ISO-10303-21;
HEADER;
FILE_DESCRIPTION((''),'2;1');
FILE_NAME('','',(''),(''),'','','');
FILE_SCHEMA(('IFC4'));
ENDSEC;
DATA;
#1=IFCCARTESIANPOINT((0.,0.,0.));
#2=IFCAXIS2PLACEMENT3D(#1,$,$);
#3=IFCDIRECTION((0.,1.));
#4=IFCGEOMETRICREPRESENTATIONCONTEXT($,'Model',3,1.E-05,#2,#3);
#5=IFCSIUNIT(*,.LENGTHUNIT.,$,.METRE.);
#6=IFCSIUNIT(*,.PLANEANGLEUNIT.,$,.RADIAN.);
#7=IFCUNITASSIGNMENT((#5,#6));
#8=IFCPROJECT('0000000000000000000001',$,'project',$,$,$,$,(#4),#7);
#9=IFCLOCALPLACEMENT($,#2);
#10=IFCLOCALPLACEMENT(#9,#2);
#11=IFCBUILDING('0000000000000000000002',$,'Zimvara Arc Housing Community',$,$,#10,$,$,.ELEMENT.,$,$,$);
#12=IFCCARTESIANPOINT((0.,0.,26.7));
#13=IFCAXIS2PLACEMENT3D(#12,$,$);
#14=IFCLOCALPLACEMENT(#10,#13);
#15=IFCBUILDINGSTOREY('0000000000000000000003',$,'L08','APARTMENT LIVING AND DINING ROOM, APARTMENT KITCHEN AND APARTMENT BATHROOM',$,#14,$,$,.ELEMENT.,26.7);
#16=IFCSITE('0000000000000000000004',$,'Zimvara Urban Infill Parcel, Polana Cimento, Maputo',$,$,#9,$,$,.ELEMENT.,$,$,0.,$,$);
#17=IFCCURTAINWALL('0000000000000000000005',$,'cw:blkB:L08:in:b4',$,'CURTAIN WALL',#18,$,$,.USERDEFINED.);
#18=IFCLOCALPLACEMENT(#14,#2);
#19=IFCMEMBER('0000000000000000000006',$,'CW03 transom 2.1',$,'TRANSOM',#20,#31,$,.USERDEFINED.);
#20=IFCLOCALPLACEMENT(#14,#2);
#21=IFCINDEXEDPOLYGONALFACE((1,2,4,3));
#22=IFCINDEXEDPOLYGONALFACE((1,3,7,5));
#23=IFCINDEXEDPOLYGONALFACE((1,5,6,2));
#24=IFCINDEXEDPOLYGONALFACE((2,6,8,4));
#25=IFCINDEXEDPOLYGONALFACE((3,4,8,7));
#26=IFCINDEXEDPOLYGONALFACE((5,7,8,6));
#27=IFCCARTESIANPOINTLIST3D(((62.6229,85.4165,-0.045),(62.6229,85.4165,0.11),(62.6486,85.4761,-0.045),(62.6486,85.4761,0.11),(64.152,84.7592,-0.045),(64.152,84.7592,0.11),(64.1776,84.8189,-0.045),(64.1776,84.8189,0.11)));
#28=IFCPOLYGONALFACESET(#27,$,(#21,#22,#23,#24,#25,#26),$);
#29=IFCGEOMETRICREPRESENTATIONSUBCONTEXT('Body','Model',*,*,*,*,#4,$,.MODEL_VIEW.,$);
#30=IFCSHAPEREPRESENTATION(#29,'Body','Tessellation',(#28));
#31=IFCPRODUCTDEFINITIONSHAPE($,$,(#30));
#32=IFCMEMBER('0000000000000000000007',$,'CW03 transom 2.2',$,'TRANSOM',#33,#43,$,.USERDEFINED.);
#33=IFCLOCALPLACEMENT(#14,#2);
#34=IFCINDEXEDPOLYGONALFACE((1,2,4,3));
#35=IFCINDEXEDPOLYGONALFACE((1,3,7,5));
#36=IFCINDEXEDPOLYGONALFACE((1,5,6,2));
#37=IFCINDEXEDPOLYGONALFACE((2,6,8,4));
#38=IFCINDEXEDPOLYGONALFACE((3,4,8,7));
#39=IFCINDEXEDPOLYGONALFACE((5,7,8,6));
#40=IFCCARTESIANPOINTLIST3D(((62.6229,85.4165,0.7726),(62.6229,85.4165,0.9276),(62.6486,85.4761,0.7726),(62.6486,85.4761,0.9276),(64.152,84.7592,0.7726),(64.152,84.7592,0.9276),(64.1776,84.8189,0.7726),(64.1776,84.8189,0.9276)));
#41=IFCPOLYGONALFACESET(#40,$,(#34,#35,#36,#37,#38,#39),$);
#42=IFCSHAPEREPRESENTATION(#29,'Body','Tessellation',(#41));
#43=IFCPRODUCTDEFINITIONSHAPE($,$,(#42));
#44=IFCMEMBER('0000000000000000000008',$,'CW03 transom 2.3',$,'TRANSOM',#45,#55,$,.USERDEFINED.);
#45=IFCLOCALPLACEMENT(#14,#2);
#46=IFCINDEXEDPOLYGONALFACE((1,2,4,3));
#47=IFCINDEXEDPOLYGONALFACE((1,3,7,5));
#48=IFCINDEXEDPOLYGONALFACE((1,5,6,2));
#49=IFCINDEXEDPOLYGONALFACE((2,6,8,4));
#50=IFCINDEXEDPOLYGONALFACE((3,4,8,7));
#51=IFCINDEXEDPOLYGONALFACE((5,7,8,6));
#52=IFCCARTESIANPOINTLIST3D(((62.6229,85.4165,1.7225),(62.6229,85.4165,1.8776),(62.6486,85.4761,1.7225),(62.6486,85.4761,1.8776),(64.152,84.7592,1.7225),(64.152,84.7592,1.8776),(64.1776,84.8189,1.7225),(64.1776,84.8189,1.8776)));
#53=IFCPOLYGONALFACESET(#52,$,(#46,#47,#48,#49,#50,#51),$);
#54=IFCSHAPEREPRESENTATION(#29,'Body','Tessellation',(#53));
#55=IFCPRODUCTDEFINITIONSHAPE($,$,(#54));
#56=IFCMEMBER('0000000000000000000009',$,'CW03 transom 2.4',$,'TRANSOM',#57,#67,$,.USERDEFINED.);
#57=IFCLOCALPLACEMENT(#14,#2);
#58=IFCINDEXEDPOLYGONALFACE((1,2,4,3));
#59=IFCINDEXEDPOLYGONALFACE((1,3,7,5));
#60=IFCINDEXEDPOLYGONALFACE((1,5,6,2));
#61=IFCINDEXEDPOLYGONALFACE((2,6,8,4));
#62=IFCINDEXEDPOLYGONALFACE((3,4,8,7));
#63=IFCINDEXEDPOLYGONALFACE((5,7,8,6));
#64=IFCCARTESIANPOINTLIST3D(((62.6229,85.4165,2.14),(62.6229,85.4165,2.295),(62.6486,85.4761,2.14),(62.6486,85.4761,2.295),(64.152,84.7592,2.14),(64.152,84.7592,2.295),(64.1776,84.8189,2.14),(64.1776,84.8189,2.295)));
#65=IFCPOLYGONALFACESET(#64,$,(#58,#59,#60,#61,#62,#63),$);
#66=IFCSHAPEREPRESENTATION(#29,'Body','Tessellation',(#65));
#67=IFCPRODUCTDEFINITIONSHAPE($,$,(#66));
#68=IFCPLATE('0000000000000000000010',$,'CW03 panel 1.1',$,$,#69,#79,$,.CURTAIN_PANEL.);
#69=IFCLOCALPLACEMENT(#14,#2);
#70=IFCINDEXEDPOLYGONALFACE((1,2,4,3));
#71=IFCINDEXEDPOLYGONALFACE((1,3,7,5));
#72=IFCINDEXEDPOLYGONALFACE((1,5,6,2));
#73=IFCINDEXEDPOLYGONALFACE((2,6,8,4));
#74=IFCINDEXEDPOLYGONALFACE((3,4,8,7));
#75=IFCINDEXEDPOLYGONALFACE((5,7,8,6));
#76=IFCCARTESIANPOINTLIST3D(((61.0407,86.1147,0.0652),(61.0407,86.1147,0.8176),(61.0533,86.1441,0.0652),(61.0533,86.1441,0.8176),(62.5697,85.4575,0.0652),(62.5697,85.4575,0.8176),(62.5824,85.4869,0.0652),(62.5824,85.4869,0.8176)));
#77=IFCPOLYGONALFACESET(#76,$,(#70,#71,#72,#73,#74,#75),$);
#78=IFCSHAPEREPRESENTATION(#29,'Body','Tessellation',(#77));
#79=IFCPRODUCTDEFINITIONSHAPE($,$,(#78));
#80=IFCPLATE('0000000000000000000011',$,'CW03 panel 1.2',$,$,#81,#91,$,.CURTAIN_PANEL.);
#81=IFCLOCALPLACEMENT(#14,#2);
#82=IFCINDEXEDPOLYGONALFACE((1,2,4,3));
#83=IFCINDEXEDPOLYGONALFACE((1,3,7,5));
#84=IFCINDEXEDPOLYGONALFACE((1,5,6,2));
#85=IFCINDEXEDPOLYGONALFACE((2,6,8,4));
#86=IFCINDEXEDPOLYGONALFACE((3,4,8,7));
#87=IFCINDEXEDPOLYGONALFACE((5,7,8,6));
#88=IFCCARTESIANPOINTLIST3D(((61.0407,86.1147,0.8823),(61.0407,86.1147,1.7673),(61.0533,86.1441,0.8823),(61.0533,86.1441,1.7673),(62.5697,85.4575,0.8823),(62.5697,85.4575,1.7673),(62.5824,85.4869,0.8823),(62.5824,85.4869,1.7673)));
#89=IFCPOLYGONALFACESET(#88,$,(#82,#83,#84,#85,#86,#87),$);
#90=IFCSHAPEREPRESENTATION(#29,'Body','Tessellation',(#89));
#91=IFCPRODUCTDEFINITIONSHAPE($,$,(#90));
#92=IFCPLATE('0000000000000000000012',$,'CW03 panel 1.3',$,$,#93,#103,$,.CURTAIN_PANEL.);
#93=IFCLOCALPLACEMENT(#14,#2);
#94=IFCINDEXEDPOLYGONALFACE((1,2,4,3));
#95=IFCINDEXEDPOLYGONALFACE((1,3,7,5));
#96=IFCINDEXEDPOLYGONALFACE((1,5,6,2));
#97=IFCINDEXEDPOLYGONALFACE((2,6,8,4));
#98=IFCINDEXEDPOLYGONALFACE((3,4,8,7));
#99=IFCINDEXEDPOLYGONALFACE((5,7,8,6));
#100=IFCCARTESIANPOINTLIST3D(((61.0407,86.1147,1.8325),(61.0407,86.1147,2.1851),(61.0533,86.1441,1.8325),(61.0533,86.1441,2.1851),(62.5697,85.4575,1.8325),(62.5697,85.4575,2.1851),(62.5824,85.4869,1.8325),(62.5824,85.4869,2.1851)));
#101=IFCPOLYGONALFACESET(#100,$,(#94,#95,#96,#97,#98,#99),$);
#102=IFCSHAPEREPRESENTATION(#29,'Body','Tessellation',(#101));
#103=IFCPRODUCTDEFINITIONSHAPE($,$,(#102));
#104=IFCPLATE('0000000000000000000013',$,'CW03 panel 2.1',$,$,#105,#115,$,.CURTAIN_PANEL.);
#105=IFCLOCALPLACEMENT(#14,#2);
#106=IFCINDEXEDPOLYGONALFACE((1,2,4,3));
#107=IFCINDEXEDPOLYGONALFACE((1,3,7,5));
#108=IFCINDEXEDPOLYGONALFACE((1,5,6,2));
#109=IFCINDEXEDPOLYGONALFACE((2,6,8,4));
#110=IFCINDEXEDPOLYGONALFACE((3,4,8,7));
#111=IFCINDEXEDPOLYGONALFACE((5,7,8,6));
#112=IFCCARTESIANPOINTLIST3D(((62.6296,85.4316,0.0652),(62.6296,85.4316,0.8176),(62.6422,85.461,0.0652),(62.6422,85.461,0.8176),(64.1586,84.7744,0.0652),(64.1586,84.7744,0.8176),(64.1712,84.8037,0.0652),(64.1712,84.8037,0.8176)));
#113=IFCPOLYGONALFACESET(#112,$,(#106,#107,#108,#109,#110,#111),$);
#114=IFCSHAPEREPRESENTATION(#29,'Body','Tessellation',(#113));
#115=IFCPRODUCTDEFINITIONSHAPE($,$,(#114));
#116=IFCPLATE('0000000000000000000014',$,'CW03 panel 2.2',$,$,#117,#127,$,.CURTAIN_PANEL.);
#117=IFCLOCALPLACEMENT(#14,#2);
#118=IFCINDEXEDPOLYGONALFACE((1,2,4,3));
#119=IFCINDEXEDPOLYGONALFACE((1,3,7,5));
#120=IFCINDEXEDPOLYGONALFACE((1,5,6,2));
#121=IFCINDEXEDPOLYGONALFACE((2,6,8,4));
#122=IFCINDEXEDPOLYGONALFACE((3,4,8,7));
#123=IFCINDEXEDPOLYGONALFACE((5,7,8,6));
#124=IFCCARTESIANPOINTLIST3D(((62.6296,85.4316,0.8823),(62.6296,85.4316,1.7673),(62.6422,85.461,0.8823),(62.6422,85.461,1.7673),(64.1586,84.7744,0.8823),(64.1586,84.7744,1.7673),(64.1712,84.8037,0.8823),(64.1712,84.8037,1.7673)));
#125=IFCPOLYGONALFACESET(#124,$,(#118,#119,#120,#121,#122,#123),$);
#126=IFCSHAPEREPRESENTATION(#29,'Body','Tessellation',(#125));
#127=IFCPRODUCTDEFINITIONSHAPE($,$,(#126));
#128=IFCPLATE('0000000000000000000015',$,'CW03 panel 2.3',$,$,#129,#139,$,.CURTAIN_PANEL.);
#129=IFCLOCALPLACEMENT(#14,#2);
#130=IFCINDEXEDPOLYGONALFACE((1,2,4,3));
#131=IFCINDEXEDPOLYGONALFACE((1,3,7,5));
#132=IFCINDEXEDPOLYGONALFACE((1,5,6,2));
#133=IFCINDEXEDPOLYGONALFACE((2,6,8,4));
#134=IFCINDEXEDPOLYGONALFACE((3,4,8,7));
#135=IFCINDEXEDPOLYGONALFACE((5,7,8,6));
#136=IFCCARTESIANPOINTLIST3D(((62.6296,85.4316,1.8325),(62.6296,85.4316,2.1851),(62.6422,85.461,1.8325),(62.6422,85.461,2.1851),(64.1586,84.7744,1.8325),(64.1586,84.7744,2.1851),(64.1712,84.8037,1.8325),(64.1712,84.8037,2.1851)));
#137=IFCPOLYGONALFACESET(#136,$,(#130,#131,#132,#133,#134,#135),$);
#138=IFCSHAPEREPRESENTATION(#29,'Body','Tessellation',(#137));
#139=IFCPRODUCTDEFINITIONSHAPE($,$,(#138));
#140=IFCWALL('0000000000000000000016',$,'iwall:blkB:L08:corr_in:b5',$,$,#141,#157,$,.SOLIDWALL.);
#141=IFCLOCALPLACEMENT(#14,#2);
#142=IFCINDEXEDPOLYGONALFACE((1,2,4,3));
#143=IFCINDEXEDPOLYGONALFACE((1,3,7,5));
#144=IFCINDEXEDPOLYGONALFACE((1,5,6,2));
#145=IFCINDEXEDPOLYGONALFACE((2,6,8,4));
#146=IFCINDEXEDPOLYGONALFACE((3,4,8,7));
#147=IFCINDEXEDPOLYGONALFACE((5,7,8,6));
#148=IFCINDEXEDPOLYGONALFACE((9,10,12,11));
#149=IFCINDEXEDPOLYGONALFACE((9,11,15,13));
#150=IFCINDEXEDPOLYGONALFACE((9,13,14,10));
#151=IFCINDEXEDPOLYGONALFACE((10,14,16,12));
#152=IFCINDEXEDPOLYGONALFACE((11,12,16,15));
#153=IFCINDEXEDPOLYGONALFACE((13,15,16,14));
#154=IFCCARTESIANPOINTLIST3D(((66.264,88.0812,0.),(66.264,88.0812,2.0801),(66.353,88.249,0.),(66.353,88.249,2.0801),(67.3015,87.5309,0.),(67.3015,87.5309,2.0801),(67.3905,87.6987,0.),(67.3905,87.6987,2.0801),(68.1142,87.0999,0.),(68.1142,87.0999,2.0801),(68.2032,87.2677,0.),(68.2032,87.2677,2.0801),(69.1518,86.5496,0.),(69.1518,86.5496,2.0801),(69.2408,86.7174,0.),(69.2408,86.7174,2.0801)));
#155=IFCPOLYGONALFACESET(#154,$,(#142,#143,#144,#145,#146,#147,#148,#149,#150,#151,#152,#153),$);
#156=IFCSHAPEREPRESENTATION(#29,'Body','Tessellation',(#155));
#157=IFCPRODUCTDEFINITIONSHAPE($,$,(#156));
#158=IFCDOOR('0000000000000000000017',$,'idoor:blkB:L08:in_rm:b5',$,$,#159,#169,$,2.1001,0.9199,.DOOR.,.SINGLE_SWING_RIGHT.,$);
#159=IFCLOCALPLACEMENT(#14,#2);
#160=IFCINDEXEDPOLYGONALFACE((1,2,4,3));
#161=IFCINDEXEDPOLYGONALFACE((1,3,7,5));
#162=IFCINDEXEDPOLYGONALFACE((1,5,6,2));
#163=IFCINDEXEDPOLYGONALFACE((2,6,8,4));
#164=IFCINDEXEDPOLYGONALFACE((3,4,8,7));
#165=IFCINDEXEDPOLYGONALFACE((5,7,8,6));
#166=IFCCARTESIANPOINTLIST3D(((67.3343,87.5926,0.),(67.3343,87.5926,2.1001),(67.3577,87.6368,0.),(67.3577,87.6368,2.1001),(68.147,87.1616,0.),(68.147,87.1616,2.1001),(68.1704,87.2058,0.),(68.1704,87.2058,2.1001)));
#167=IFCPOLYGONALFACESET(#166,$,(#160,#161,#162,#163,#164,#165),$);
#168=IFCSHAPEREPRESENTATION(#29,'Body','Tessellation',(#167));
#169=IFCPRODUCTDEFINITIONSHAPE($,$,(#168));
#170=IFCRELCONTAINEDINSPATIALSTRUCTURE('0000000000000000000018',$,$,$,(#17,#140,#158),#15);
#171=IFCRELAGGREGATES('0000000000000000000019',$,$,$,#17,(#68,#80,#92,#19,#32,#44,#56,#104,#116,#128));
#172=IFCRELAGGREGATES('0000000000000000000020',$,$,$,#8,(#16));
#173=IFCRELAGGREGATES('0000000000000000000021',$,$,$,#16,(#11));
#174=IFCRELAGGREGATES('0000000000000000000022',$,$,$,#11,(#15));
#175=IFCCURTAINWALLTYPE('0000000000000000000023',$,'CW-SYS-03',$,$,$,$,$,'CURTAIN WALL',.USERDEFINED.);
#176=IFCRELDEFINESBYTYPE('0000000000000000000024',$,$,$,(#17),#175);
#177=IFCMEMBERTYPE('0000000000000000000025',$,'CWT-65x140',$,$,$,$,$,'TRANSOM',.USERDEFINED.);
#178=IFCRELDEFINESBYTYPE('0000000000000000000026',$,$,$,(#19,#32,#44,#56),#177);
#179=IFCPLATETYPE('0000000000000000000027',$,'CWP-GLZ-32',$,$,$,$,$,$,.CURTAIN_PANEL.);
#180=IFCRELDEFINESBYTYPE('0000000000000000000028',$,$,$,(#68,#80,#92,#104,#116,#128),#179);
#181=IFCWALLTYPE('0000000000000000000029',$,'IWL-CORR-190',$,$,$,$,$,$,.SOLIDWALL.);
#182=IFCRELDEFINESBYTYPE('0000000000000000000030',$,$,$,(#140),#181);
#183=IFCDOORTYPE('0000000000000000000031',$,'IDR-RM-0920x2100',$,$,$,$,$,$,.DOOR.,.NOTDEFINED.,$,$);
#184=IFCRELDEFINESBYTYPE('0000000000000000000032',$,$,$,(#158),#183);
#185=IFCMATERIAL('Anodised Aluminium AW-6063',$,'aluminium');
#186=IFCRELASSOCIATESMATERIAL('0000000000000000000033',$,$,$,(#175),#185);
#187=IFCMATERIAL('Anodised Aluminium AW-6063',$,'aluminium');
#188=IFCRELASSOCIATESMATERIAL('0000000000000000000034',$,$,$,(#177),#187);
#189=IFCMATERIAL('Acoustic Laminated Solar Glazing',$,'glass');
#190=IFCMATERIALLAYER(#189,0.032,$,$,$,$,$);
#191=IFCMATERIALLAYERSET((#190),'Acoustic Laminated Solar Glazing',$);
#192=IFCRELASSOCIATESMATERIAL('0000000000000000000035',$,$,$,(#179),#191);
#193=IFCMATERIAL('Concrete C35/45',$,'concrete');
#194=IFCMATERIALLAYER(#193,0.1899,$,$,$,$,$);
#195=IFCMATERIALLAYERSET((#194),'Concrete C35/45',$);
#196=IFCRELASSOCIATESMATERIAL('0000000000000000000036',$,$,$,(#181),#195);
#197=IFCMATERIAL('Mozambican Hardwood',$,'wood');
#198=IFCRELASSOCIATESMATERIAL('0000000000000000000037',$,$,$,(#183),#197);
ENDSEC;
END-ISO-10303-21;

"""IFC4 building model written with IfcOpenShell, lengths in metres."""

from ifc_helpers import new_model, si_unit, direction, frame, frame_2d, origin, origin_2d, place, context, subcontext, project, spatial, rectangle, extrude, material, layer, layer_set, material_profile, profile_set, type_object, element, fill, aggregate, save


model = new_model("IFC4")

# Units and contexts
model_context = context("Model", 3, precision=1e-05, world=origin(), true_north=direction((0.0, 1.0)))
body_context = subcontext(model_context, "Body", "Model", "MODEL_VIEW")
ifc_project = project(units=[si_unit("LENGTHUNIT", "METRE"), si_unit("PLANEANGLEUNIT", "RADIAN")], contexts=[model_context])

# Site, building, storey
site_placement = place(None, origin())
site = spatial("IfcSite", under=ifc_project, at=site_placement, Name="Zimvara Urban Infill Parcel, Polana Cimento, Maputo", CompositionType="ELEMENT", RefElevation=0.0)
building_placement = place(site_placement, origin())
building = spatial("IfcBuilding", under=site, at=building_placement, Name="Zimvara Arc Housing Community", CompositionType="ELEMENT")
storey_placement = place(building_placement, frame((0.0, 0.0, 26.7)))
storey = spatial("IfcBuildingStorey", under=building, at=storey_placement, Name="L08", Description="APARTMENT LIVING AND DINING ROOM, APARTMENT KITCHEN AND APARTMENT BATHROOM", CompositionType="ELEMENT", Elevation=26.7)

# Curtain wall
ifc_material_1 = material(Name="Anodised Aluminium AW-6063", Category="aluminium")
curtain_wall_type_1 = type_object("IfcCurtainWallType", Name="CW-SYS-03", ElementType="CURTAIN WALL", PredefinedType="USERDEFINED", material=ifc_material_1)
curtain_wall_1_placement = place(storey_placement, origin())
curtain_wall_1 = element("IfcCurtainWall", 1, at=curtain_wall_1_placement, inside=storey, type_object=curtain_wall_type_1, Name="cw:blkB:L08:in:b4", ObjectType="CURTAIN WALL", PredefinedType="USERDEFINED")

# Members
ifc_material_2 = material(Name="Anodised Aluminium AW-6063", Category="aluminium")
ifc_material_profile_1 = material_profile(ifc_material_2, rectangle(XDim=0.0649, YDim=0.155, at=origin_2d()), Name="ALU 65x155")
ifc_profile_set_1 = profile_set([ifc_material_profile_1], Name="Anodised Aluminium AW-6063")
member_type_1 = type_object("IfcMemberType", Name="CWT-65x140", ElementType="TRANSOM", PredefinedType="USERDEFINED", material=ifc_profile_set_1)
member_1_placement = place(storey_placement, frame((62.6357, 85.4463, 0.0325), z_axis=(0.918727, -0.394893, 0.0), x_axis=(0.394893, 0.918727, 0.0)))
member_1 = element("IfcMember", 2, at=member_1_placement, type_object=member_type_1, Name="CW03 transom 2.1", ObjectType="TRANSOM", PredefinedType="USERDEFINED", context=body_context, shape_type="SweptSolid", body=[
    extrude(rectangle(XDim=0.0649, YDim=0.155, at=origin_2d()), origin(), (0.0, 0.0, 1.0), 1.6643),
])
member_2_placement = place(storey_placement, frame((62.6357, 85.4463, 0.8501), z_axis=(0.918727, -0.394893, 0.0), x_axis=(0.394893, 0.918727, 0.0)))
member_2 = element("IfcMember", 3, at=member_2_placement, type_object=member_type_1, Name="CW03 transom 2.2", ObjectType="TRANSOM", PredefinedType="USERDEFINED", context=body_context, shape_type="SweptSolid", body=[
    extrude(rectangle(XDim=0.0649, YDim=0.155, at=origin_2d()), origin(), (0.0, 0.0, 1.0), 1.6643),
])
member_3_placement = place(storey_placement, frame((62.6357, 85.4463, 1.8), z_axis=(0.918727, -0.394893, 0.0), x_axis=(0.394893, 0.918727, 0.0)))
member_3 = element("IfcMember", 4, at=member_3_placement, type_object=member_type_1, Name="CW03 transom 2.3", ObjectType="TRANSOM", PredefinedType="USERDEFINED", context=body_context, shape_type="SweptSolid", body=[
    extrude(rectangle(XDim=0.0649, YDim=0.155, at=origin_2d()), origin(), (0.0, 0.0, 1.0), 1.6643),
])
member_4_placement = place(storey_placement, frame((62.6357, 85.4463, 2.2175), z_axis=(0.918727, -0.394893, 0.0), x_axis=(0.394893, 0.918727, 0.0)))
member_4 = element("IfcMember", 5, at=member_4_placement, type_object=member_type_1, Name="CW03 transom 2.4", ObjectType="TRANSOM", PredefinedType="USERDEFINED", context=body_context, shape_type="SweptSolid", body=[
    extrude(rectangle(XDim=0.0649, YDim=0.155, at=origin_2d()), origin(), (0.0, 0.0, 1.0), 1.6643),
])

# Plates
ifc_material_3 = material(Name="Acoustic Laminated Solar Glazing", Category="glass")
ifc_layer_1 = layer(ifc_material_3, 0.032)
ifc_layer_set_1 = layer_set([ifc_layer_1], Name="Acoustic Laminated Solar Glazing")
plate_type = type_object("IfcPlateType", Name="CWP-GLZ-32", PredefinedType="CURTAIN_PANEL", material=ifc_layer_set_1)
plate_1_placement = place(storey_placement, frame((61.8115, 85.8008, 0.0652), z_axis=(0.0, 0.0, 1.0), x_axis=(0.918722, -0.394904, 0.0)))
plate_1 = element("IfcPlate", 6, at=plate_1_placement, type_object=plate_type, Name="CW03 panel 1.1", PredefinedType="CURTAIN_PANEL", context=body_context, shape_type="SweptSolid", body=[
    extrude(rectangle(XDim=1.6643, YDim=0.032, at=origin_2d()), origin(), (0.0, 0.0, 1.0), 0.7524),
])
plate_2_placement = place(storey_placement, frame((61.8115, 85.8008, 0.8823), z_axis=(0.0, 0.0, 1.0), x_axis=(0.918722, -0.394904, 0.0)))
plate_2 = element("IfcPlate", 7, at=plate_2_placement, type_object=plate_type, Name="CW03 panel 1.2", PredefinedType="CURTAIN_PANEL", context=body_context, shape_type="SweptSolid", body=[
    extrude(rectangle(XDim=1.6643, YDim=0.032, at=origin_2d()), origin(), (0.0, 0.0, 1.0), 0.885),
])
plate_3_placement = place(storey_placement, frame((61.8115, 85.8008, 1.8325), z_axis=(0.0, 0.0, 1.0), x_axis=(0.918722, -0.394904, 0.0)))
plate_3 = element("IfcPlate", 8, at=plate_3_placement, type_object=plate_type, Name="CW03 panel 1.3", PredefinedType="CURTAIN_PANEL", context=body_context, shape_type="SweptSolid", body=[
    extrude(rectangle(XDim=1.6643, YDim=0.032, at=origin_2d()), origin(), (0.0, 0.0, 1.0), 0.3525),
])
plate_4_placement = place(storey_placement, frame((63.4004, 85.1177, 0.0652), z_axis=(0.0, 0.0, 1.0), x_axis=(0.918722, -0.394904, 0.0)))
plate_4 = element("IfcPlate", 9, at=plate_4_placement, type_object=plate_type, Name="CW03 panel 2.1", PredefinedType="CURTAIN_PANEL", context=body_context, shape_type="SweptSolid", body=[
    extrude(rectangle(XDim=1.6643, YDim=0.032, at=origin_2d()), origin(), (0.0, 0.0, 1.0), 0.7524),
])
plate_5_placement = place(storey_placement, frame((63.4004, 85.1177, 0.8823), z_axis=(0.0, 0.0, 1.0), x_axis=(0.918722, -0.394904, 0.0)))
plate_5 = element("IfcPlate", 10, at=plate_5_placement, type_object=plate_type, Name="CW03 panel 2.2", PredefinedType="CURTAIN_PANEL", context=body_context, shape_type="SweptSolid", body=[
    extrude(rectangle(XDim=1.6643, YDim=0.032, at=origin_2d()), origin(), (0.0, 0.0, 1.0), 0.885),
])
plate_6_placement = place(storey_placement, frame((63.4004, 85.1177, 1.8325), z_axis=(0.0, 0.0, 1.0), x_axis=(0.918722, -0.394904, 0.0)))
plate_6 = element("IfcPlate", 11, at=plate_6_placement, type_object=plate_type, Name="CW03 panel 2.3", PredefinedType="CURTAIN_PANEL", context=body_context, shape_type="SweptSolid", body=[
    extrude(rectangle(XDim=1.6643, YDim=0.032, at=origin_2d()), origin(), (0.0, 0.0, 1.0), 0.3525),
])
aggregate(curtain_wall_1, [plate_1, plate_2, plate_3, member_1, member_2, member_3, member_4, plate_4, plate_5, plate_6])

# Wall, opening, door
ifc_material_4 = material(Name="Concrete C35/45", Category="concrete")
ifc_layer_2 = layer(ifc_material_4, 0.1899)
ifc_layer_set_2 = layer_set([ifc_layer_2], Name="Concrete C35/45")
wall_type = type_object("IfcWallType", Name="IWL-CORR-190", PredefinedType="SOLIDWALL", material=ifc_layer_set_2)
wall_placement = place(storey_placement, frame((66.3086, 88.165, 0.0), z_axis=(0.0, 0.0, 1.0), x_axis=(0.883444, -0.468536, 0.0)))
wall = element("IfcWall", 12, at=wall_placement, inside=storey, type_object=wall_type, Name="iwall:blkB:L08:corr_in:b5", PredefinedType="SOLIDWALL", context=body_context, shape_type="SweptSolid", body=[
    extrude(rectangle(XDim=3.2688, YDim=0.1899, at=frame_2d((1.6343, 0.0))), origin(), (0.0, 0.0, 1.0), 2.0801),
])
opening_placement = place(wall_placement, frame((1.1743, 0.0, 0.0)))
opening = element("IfcOpeningElement", 13, at=opening_placement, cuts=wall, PredefinedType="OPENING", context=body_context, shape_type="SweptSolid", body=[
    extrude(rectangle(XDim=0.9199, YDim=2.1001, at=frame_2d((0.46, 1.05))), frame((0.0, 0.105, 0.0), z_axis=(0.0, -1.0, 0.0), x_axis=(1.0, 0.0, 0.0)), (0.0, 0.0, 1.0), 0.21),
])
ifc_material_5 = material(Name="Mozambican Hardwood", Category="wood")
door_type = type_object("IfcDoorType", Name="IDR-RM-0920x2100", OperationType="NOTDEFINED", PredefinedType="DOOR", material=ifc_material_5)
door_placement = place(opening_placement, origin())
door = element("IfcDoor", 14, at=door_placement, inside=storey, type_object=door_type, Name="idoor:blkB:L08:in_rm:b5", OperationType="SINGLE_SWING_RIGHT", OverallHeight=2.1001, OverallWidth=0.9199, PredefinedType="DOOR", context=body_context, shape_type="SweptSolid", body=[
    extrude(rectangle(XDim=0.9199, YDim=2.1001, at=frame_2d((0.46, 1.05))), frame((0.0, 0.0249, 0.0), z_axis=(0.0, -1.0, 0.0), x_axis=(1.0, 0.0, 0.0)), (0.0, 0.0, 1.0), 0.05),
])
fill(opening, door)

save(model, "model.ifc")
